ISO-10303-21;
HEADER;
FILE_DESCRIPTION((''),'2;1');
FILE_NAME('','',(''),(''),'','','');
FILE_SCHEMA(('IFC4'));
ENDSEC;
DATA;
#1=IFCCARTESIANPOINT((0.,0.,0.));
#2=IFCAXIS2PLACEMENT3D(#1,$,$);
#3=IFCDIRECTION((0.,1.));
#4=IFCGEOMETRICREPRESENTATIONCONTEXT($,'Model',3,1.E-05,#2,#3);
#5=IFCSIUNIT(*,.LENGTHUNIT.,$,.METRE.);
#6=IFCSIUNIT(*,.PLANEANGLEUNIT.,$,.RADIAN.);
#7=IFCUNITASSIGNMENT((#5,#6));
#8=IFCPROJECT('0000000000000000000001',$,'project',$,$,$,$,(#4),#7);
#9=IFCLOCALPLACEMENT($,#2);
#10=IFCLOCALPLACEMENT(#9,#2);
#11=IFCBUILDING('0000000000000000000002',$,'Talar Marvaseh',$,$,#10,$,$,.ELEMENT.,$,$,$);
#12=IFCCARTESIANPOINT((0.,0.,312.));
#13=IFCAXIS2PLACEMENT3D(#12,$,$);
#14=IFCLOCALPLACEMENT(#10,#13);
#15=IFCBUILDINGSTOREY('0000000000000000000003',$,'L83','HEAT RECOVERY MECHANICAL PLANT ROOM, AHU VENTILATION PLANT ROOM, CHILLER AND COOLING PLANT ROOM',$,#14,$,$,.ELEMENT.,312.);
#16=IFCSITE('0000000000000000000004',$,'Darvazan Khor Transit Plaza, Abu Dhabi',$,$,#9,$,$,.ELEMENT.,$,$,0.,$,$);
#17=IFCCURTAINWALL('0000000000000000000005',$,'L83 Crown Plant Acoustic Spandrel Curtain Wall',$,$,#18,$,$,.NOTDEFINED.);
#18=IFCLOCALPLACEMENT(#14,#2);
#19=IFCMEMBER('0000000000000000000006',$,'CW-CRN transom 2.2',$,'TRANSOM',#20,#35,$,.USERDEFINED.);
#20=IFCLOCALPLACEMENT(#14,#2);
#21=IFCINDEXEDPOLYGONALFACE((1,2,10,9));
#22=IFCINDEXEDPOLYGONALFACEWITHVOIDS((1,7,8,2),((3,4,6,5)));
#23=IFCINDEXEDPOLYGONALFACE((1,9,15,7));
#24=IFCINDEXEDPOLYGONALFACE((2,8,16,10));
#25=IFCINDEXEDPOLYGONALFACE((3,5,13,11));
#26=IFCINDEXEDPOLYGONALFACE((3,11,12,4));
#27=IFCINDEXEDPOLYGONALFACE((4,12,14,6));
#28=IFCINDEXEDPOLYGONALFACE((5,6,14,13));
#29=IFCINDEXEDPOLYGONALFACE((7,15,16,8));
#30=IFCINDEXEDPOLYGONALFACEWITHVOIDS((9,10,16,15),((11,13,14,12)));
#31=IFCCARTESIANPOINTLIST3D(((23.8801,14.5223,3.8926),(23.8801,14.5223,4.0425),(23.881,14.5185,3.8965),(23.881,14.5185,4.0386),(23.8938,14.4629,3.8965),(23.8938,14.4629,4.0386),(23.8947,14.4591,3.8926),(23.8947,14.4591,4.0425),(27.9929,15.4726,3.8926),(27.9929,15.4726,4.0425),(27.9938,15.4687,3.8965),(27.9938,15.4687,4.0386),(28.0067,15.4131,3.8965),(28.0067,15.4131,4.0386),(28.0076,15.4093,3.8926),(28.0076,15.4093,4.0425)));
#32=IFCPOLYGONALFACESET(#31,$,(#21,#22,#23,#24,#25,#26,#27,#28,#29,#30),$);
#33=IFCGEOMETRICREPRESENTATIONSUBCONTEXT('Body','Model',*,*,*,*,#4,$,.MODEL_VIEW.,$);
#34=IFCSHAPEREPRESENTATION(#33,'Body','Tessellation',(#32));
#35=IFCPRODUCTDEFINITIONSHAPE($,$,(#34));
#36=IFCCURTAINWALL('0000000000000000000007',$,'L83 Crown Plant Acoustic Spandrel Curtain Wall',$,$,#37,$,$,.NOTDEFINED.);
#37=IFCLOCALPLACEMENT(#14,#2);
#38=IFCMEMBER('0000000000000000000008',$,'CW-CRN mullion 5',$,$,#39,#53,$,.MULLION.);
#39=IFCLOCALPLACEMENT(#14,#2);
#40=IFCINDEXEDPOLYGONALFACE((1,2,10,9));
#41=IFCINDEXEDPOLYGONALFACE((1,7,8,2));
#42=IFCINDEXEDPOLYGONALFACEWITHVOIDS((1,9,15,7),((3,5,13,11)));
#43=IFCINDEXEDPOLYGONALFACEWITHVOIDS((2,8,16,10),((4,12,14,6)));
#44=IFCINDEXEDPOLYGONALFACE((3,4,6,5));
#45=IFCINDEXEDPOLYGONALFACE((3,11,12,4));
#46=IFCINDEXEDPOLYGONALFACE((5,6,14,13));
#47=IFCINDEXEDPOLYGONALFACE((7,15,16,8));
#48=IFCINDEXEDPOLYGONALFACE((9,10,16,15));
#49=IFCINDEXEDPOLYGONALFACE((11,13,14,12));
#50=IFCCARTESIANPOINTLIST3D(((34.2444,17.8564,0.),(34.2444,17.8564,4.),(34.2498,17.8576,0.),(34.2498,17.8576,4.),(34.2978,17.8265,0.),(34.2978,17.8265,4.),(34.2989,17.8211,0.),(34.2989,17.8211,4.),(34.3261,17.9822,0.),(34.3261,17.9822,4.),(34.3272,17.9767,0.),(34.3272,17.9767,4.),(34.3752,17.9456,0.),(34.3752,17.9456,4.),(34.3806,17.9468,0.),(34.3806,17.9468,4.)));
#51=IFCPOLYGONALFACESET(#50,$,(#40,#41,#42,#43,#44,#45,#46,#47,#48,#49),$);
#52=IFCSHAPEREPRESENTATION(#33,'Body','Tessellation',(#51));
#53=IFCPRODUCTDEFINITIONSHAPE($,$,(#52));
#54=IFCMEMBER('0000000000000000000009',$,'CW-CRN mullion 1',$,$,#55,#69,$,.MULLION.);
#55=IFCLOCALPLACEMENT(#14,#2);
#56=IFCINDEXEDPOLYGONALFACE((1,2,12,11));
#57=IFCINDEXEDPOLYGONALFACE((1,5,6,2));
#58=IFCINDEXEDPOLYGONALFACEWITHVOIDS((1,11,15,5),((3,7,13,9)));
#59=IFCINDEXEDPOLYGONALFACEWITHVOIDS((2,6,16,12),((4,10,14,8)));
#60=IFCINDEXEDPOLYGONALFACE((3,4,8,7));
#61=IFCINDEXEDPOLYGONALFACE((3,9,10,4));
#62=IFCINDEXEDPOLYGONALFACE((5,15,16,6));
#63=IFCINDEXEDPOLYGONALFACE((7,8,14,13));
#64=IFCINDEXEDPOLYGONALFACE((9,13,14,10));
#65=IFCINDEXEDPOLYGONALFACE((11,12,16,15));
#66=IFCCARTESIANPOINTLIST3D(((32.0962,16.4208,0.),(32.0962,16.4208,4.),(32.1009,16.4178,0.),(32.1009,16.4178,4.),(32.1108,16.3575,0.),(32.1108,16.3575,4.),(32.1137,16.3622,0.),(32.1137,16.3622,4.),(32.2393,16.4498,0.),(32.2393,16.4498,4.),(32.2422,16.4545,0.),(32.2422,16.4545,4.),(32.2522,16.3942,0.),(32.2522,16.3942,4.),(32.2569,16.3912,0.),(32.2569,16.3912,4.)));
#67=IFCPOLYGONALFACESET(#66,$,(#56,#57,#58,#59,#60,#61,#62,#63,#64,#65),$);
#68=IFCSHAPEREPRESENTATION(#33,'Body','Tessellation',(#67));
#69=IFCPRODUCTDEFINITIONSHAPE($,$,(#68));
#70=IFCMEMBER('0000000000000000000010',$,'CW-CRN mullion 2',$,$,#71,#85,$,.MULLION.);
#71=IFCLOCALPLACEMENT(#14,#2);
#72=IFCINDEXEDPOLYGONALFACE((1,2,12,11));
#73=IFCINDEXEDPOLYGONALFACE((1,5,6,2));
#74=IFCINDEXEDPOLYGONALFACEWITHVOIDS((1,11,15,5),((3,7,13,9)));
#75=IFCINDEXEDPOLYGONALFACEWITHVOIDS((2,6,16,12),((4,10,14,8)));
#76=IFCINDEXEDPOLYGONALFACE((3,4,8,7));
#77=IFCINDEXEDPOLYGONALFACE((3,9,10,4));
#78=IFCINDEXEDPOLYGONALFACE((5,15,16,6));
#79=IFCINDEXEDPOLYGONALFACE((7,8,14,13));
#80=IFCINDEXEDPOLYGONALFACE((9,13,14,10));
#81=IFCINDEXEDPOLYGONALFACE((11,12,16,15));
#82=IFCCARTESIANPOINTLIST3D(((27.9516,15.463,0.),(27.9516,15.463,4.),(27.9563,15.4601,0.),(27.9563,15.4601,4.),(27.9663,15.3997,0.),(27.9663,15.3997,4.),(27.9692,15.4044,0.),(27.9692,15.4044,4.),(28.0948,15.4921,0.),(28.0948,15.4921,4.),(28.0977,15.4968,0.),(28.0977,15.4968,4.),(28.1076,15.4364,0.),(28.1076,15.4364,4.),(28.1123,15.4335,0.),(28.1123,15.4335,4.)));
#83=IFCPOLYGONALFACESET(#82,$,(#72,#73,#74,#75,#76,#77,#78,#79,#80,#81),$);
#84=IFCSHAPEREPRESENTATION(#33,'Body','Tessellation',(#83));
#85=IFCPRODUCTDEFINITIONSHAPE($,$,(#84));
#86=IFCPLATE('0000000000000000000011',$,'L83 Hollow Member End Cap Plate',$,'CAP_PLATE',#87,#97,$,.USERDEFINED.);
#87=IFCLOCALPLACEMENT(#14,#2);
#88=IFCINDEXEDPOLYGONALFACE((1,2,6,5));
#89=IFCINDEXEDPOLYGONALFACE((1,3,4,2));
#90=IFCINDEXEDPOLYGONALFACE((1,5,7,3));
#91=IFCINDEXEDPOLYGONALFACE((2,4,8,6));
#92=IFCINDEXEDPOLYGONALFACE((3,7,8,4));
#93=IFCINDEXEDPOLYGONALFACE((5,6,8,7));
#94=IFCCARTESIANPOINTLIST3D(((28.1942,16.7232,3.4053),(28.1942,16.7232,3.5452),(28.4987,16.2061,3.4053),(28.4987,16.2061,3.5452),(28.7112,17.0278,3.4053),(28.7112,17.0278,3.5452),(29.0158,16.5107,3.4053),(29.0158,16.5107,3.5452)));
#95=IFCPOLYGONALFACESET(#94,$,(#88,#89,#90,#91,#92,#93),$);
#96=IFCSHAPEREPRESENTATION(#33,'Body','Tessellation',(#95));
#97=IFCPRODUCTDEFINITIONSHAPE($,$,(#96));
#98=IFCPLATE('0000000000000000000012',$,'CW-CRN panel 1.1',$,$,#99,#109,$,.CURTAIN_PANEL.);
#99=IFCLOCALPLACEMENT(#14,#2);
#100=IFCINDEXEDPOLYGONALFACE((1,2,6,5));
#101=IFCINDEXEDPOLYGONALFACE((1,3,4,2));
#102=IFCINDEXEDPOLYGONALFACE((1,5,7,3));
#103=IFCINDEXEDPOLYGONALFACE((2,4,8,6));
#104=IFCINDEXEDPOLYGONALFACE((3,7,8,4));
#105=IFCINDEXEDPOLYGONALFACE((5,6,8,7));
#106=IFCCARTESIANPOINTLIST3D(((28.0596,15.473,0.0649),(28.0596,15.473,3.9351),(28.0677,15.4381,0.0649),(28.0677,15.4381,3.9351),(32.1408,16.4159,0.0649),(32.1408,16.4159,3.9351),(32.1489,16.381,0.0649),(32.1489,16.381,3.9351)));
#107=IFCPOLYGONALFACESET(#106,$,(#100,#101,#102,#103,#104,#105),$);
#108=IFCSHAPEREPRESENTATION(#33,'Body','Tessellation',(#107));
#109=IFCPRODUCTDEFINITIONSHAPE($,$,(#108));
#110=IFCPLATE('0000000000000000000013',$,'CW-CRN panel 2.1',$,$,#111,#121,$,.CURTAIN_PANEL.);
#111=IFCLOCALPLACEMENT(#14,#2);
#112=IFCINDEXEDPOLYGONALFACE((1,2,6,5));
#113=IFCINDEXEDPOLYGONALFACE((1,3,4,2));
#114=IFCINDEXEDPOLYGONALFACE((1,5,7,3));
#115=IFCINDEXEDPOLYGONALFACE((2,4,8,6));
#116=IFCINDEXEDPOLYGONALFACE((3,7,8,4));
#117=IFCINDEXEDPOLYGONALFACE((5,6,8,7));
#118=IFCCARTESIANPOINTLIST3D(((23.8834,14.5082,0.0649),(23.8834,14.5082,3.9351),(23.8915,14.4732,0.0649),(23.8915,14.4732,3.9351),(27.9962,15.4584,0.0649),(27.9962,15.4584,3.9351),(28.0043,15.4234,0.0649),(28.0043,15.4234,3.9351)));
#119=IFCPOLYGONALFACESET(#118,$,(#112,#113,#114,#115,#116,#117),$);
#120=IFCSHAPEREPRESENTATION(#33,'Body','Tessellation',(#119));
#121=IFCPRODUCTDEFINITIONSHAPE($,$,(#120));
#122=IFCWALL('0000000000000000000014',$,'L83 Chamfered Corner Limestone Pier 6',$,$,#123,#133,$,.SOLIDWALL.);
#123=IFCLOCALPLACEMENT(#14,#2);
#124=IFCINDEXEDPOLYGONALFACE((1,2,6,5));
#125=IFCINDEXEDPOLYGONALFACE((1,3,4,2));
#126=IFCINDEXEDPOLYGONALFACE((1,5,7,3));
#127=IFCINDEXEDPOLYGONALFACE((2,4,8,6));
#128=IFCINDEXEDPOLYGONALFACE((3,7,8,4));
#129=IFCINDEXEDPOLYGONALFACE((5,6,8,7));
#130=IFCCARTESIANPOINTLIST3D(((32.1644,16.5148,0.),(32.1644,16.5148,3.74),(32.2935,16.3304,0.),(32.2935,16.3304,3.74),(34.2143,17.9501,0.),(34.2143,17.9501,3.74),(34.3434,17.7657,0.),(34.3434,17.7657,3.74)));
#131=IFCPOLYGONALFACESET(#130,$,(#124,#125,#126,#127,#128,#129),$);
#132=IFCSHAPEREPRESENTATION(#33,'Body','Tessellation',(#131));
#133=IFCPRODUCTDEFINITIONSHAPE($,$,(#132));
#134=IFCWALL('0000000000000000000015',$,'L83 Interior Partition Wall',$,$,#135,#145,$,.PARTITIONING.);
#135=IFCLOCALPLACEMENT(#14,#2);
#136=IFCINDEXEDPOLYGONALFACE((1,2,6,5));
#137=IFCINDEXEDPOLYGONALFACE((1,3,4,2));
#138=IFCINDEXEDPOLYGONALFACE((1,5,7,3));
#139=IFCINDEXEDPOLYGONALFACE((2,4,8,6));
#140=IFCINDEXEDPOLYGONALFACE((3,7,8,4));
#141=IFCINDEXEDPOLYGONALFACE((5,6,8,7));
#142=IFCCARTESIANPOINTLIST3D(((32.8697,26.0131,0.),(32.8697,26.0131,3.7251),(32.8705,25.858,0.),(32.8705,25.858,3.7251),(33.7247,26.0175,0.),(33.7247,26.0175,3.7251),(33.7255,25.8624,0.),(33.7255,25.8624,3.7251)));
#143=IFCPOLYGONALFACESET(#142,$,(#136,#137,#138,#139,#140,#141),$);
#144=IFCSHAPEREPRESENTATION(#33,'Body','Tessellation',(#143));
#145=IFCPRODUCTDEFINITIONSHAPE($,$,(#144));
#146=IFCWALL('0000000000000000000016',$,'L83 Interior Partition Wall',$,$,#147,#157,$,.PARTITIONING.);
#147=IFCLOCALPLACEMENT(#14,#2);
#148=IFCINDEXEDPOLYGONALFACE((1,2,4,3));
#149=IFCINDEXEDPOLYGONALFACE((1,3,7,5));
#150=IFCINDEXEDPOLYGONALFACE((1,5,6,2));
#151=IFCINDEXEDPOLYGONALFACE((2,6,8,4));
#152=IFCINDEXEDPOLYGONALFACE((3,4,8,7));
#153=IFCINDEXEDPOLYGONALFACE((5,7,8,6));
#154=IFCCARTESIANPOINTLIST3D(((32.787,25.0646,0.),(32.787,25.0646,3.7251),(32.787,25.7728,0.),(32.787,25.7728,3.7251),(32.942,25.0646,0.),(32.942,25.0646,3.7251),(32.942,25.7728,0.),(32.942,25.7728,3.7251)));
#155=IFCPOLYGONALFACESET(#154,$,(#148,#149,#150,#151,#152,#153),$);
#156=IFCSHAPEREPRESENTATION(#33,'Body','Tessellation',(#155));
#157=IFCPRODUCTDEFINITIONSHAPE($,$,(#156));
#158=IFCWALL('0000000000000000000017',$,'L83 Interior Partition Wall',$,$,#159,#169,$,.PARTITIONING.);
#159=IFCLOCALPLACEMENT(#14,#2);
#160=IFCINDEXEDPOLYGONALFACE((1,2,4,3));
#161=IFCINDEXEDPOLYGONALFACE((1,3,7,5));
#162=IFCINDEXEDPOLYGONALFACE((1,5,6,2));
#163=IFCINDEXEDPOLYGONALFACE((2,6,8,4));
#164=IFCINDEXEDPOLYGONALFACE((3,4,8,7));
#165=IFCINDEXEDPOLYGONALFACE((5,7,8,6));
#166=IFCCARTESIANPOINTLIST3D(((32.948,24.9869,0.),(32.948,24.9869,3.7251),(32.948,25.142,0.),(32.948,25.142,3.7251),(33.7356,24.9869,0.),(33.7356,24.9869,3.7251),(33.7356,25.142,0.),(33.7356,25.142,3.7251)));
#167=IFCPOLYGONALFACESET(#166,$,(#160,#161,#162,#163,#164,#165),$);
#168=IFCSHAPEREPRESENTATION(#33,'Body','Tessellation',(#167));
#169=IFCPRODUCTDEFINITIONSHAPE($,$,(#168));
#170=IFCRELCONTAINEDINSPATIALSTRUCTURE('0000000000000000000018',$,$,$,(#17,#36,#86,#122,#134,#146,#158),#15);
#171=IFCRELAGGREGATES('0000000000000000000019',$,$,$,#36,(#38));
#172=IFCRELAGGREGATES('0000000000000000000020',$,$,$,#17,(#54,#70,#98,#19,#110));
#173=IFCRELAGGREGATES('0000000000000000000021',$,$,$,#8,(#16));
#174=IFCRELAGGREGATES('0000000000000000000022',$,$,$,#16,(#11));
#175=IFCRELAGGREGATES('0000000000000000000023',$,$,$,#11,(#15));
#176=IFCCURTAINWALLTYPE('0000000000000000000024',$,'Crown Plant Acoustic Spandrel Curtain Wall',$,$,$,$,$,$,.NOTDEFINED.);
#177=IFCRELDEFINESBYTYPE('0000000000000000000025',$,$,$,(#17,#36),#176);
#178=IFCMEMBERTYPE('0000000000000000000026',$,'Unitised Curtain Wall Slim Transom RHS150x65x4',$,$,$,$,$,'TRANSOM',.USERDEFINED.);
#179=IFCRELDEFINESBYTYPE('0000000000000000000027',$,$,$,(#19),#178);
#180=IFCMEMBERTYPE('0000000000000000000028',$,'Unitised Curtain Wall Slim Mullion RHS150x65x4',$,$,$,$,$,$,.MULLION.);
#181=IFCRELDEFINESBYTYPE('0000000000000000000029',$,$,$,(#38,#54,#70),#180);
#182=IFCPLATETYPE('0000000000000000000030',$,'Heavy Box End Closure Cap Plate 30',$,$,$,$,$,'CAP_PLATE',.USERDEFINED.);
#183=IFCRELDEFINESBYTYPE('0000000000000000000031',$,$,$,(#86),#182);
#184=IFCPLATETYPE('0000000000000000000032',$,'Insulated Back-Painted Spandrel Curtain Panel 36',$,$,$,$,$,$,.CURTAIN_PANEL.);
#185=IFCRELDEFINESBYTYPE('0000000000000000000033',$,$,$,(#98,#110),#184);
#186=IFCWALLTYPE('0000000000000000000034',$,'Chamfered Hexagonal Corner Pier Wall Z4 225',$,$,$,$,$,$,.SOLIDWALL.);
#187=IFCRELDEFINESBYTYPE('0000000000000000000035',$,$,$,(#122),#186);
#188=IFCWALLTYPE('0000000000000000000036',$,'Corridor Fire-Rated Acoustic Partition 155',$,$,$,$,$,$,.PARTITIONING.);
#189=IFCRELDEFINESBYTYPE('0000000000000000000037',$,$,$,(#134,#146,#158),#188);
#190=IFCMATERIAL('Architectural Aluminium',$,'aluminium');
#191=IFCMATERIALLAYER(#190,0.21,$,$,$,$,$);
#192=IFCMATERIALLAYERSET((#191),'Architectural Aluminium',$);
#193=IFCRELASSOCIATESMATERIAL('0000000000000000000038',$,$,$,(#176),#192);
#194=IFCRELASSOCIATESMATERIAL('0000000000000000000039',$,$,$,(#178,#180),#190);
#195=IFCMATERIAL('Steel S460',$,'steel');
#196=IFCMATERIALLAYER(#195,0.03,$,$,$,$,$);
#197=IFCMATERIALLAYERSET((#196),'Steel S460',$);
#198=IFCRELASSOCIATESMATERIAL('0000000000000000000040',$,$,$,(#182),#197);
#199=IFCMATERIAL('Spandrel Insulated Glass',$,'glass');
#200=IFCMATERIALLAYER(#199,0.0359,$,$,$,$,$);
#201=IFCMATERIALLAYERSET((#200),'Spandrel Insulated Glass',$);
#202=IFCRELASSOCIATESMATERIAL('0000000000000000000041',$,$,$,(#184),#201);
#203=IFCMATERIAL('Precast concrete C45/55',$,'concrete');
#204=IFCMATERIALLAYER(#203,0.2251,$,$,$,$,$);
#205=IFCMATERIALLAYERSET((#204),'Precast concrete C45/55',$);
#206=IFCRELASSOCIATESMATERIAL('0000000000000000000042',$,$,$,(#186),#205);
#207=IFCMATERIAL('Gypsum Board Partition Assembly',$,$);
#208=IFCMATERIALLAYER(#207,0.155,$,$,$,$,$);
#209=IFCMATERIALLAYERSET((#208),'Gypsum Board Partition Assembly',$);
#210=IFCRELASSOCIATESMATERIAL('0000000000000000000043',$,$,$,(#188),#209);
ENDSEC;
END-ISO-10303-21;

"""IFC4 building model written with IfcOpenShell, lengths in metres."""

from ifc_helpers import new_model, si_unit, direction, frame, frame_2d, origin, origin_2d, place, context, subcontext, project, spatial, rectangle, hollow_rectangle, extrude, source, transform, mapped, material, layer, layer_set, material_profile, profile_set, type_object, type_shapes, element, aggregate, save


model = new_model("IFC4")

# Units and contexts
model_context = context("Model", 3, precision=1e-05, world=origin(), true_north=direction((0.0, 1.0)))
body_context = subcontext(model_context, "Body", "Model", "MODEL_VIEW")
ifc_project = project(units=[si_unit("LENGTHUNIT", "METRE"), si_unit("PLANEANGLEUNIT", "RADIAN")], contexts=[model_context])

# Site, building, storey
site_placement = place(None, origin())
site = spatial("IfcSite", under=ifc_project, at=site_placement, Name="Darvazan Khor Transit Plaza, Abu Dhabi", CompositionType="ELEMENT", RefElevation=0.0)
building_placement = place(site_placement, origin())
building = spatial("IfcBuilding", under=site, at=building_placement, Name="Talar Marvaseh", CompositionType="ELEMENT")
storey_placement = place(building_placement, frame((0.0, 0.0, 312.0)))
storey = spatial("IfcBuildingStorey", under=building, at=storey_placement, Name="L83", Description="HEAT RECOVERY MECHANICAL PLANT ROOM, AHU VENTILATION PLANT ROOM, CHILLER AND COOLING PLANT ROOM", CompositionType="ELEMENT", Elevation=312.0)

# Shared definitions
ifc_material_1 = material(Name="Steel S460", Category="steel")

# Curtain wall, member
ifc_material_2 = material(Name="Architectural Aluminium", Category="aluminium")
ifc_layer_1 = layer(ifc_material_2, 0.21)
ifc_layer_set_1 = layer_set([ifc_layer_1], Name="Architectural Aluminium")
curtain_wall_type = type_object("IfcCurtainWallType", Name="Crown Plant Acoustic Spandrel Curtain Wall", PredefinedType="NOTDEFINED", material=ifc_layer_set_1)
curtain_wall_1_placement = place(storey_placement, origin())
curtain_wall_1 = element("IfcCurtainWall", 1, at=curtain_wall_1_placement, inside=storey, type_object=curtain_wall_type, Name="L83 Crown Plant Acoustic Spandrel Curtain Wall", PredefinedType="NOTDEFINED")
ifc_material_profile_1 = material_profile(ifc_material_2, hollow_rectangle(XDim=0.0649, YDim=0.1499, WallThickness=0.0039, at=origin_2d()), Name="RHS150x65x4")
ifc_profile_set_1 = profile_set([ifc_material_profile_1], Name="Architectural Aluminium")
member_type_1 = type_object("IfcMemberType", Name="Unitised Curtain Wall Slim Transom RHS150x65x4", ElementType="TRANSOM", PredefinedType="USERDEFINED", material=ifc_profile_set_1)
shared_shape_1 = source(origin(), body_context, "Body", "SweptSolid", [
    extrude(hollow_rectangle(XDim=0.0649, YDim=0.1499, WallThickness=0.0039, at=origin_2d()), origin(), (0.0, 0.0, 1.0), 4.2212),
])
member_1_placement = place(storey_placement, frame((28.0002, 15.4409, 3.9675), z_axis=(-0.974335, -0.225104, 0.0), x_axis=(0.225104, -0.974335, 0.0)))
member_1 = element("IfcMember", 2, at=member_1_placement, type_object=member_type_1, Name="CW-CRN transom 2.2", ObjectType="TRANSOM", PredefinedType="USERDEFINED", context=body_context, shape_type="MappedRepresentation", body=[
    mapped(shared_shape_1, transform((0.0, 0.0, 0.0), x_axis=(1.0, 0.0, 0.0), y_axis=(0.0, 1.0, 0.0), z_axis=(0.0, 0.0, 1.0), scale=1.0)),
])

# Curtain wall, member
curtain_wall_2_placement = place(storey_placement, origin())
curtain_wall_2 = element("IfcCurtainWall", 3, at=curtain_wall_2_placement, inside=storey, type_object=curtain_wall_type, Name="L83 Crown Plant Acoustic Spandrel Curtain Wall", PredefinedType="NOTDEFINED")
ifc_material_profile_2 = material_profile(ifc_material_2, hollow_rectangle(XDim=0.0649, YDim=0.1499, WallThickness=0.0039, at=origin_2d()), Name="RHS150x65x4")
ifc_profile_set_2 = profile_set([ifc_material_profile_2], Name="Architectural Aluminium")
member_type_2 = type_object("IfcMemberType", Name="Unitised Curtain Wall Slim Mullion RHS150x65x4", PredefinedType="MULLION", material=ifc_profile_set_2)
shared_shape_2 = source(origin(), body_context, "Body", "SweptSolid", [
    extrude(hollow_rectangle(XDim=0.0649, YDim=0.1499, WallThickness=0.0039, at=origin_2d()), origin(), (0.0, 0.0, 1.0), 4.0),
])
type_shapes(member_type_2, [shared_shape_2])
member_2_placement = place(storey_placement, frame((34.3125, 17.9016, 0.0), z_axis=(0.0, 0.0, 1.0), x_axis=(0.838586, -0.544769, 0.0)))
member_2 = element("IfcMember", 4, at=member_2_placement, type_object=member_type_2, Name="CW-CRN mullion 5", PredefinedType="MULLION", context=body_context, shape_type="MappedRepresentation", body=[
    mapped(shared_shape_2, transform((0.0, 0.0, 0.0), x_axis=(1.0, 0.0, 0.0), y_axis=(0.0, 1.0, 0.0), z_axis=(0.0, 0.0, 1.0), scale=1.0)),
])
aggregate(curtain_wall_2, [member_2])

# Members
member_3_placement = place(storey_placement, frame((32.1765, 16.406, 0.0), z_axis=(0.0, 0.0, 1.0), x_axis=(0.225103, -0.974335, 0.0)))
member_3 = element("IfcMember", 5, at=member_3_placement, type_object=member_type_2, Name="CW-CRN mullion 1", PredefinedType="MULLION", context=body_context, shape_type="MappedRepresentation", body=[
    mapped(shared_shape_2, transform((0.0, 0.0, 0.0), x_axis=(1.0, 0.0, 0.0), y_axis=(0.0, 1.0, 0.0), z_axis=(0.0, 0.0, 1.0), scale=1.0)),
])
member_4_placement = place(storey_placement, frame((28.032, 15.4482, 0.0), z_axis=(0.0, 0.0, 1.0), x_axis=(0.225103, -0.974335, 0.0)))
member_4 = element("IfcMember", 6, at=member_4_placement, type_object=member_type_2, Name="CW-CRN mullion 2", PredefinedType="MULLION", context=body_context, shape_type="MappedRepresentation", body=[
    mapped(shared_shape_2, transform((0.0, 0.0, 0.0), x_axis=(1.0, 0.0, 0.0), y_axis=(0.0, 1.0, 0.0), z_axis=(0.0, 0.0, 1.0), scale=1.0)),
])

# Plates
ifc_layer_2 = layer(ifc_material_1, 0.03)
ifc_layer_set_2 = layer_set([ifc_layer_2], Name="Steel S460")
plate_type_1 = type_object("IfcPlateType", Name="Heavy Box End Closure Cap Plate 30", ElementType="CAP_PLATE", PredefinedType="USERDEFINED", material=ifc_layer_set_2)
shared_shape_3 = source(origin(), body_context, "Body", "SweptSolid", [
    extrude(rectangle(XDim=0.6001, YDim=0.6001, at=origin_2d()), origin(), (0.0, 0.0, 1.0), 0.1399),
])
type_shapes(plate_type_1, [shared_shape_3])
plate_1_placement = place(storey_placement, frame((28.605, 16.6169, 3.4053), z_axis=(0.0, 0.0, 1.0), x_axis=(-0.861629, -0.507538, 0.0)))
element("IfcPlate", 7, at=plate_1_placement, inside=storey, type_object=plate_type_1, Name="L83 Hollow Member End Cap Plate", ObjectType="CAP_PLATE", PredefinedType="USERDEFINED", context=body_context, shape_type="MappedRepresentation", body=[
    mapped(shared_shape_3, transform((0.0, 0.0, 0.0), x_axis=(1.0, 0.0, 0.0), y_axis=(0.0, 1.0, 0.0), z_axis=(0.0, 0.0, 1.0), scale=1.0)),
])
ifc_material_3 = material(Name="Spandrel Insulated Glass", Category="glass")
ifc_layer_3 = layer(ifc_material_3, 0.0359)
ifc_layer_set_3 = layer_set([ifc_layer_3], Name="Spandrel Insulated Glass")
plate_type_2 = type_object("IfcPlateType", Name="Insulated Back-Painted Spandrel Curtain Panel 36", PredefinedType="CURTAIN_PANEL", material=ifc_layer_set_3)
shared_shape_4 = source(origin(), body_context, "Body", "SweptSolid", [
    extrude(rectangle(XDim=4.1887, YDim=0.0359, at=origin_2d()), origin(), (0.0, 0.0, 1.0), 3.8701),
])
plate_2_placement = place(storey_placement, frame((30.1042, 15.927, 0.0649), z_axis=(0.0, 0.0, 1.0), x_axis=(-0.974335, -0.225103, 0.0)))
plate_2 = element("IfcPlate", 8, at=plate_2_placement, type_object=plate_type_2, Name="CW-CRN panel 1.1", PredefinedType="CURTAIN_PANEL", context=body_context, shape_type="MappedRepresentation", body=[
    mapped(shared_shape_4, transform((0.0, 0.0, 0.0), x_axis=(1.0, 0.0, 0.0), y_axis=(0.0, 1.0, 0.0), z_axis=(0.0, 0.0, 1.0), scale=1.0)),
])
shared_shape_5 = source(origin(), body_context, "Body", "SweptSolid", [
    extrude(rectangle(XDim=4.2212, YDim=0.0359, at=origin_2d()), origin(), (0.0, 0.0, 1.0), 3.8701),
])
type_shapes(plate_type_2, [shared_shape_4, shared_shape_5])
plate_3_placement = place(storey_placement, frame((25.9438, 14.9658, 0.0649), z_axis=(0.0, 0.0, 1.0), x_axis=(-0.974335, -0.225103, 0.0)))
plate_3 = element("IfcPlate", 9, at=plate_3_placement, type_object=plate_type_2, Name="CW-CRN panel 2.1", PredefinedType="CURTAIN_PANEL", context=body_context, shape_type="MappedRepresentation", body=[
    mapped(shared_shape_5, transform((0.0, 0.0, 0.0), x_axis=(1.0, 0.0, 0.0), y_axis=(0.0, 1.0, 0.0), z_axis=(0.0, 0.0, 1.0), scale=1.0)),
])
aggregate(curtain_wall_1, [member_3, member_4, plate_2, member_1, plate_3])

# Walls
ifc_material_4 = material(Name="Precast concrete C45/55", Category="concrete")
ifc_layer_4 = layer(ifc_material_4, 0.2251)
ifc_layer_set_4 = layer_set([ifc_layer_4], Name="Precast concrete C45/55")
wall_type_1 = type_object("IfcWallType", Name="Chamfered Hexagonal Corner Pier Wall Z4 225", PredefinedType="SOLIDWALL", material=ifc_layer_set_4)
wall_1_placement = place(storey_placement, frame((34.2788, 17.8579, 0.0), z_axis=(0.0, 0.0, 1.0), x_axis=(-0.819149, -0.57358, 0.0)))
element("IfcWall", 10, at=wall_1_placement, inside=storey, type_object=wall_type_1, Name="L83 Chamfered Corner Limestone Pier 6", PredefinedType="SOLIDWALL", context=body_context, shape_type="SweptSolid", body=[
    extrude(rectangle(XDim=2.5024, YDim=0.2251, at=frame_2d((1.2512, 0.0))), origin(), (0.0, 0.0, 1.0), 3.74),
])
ifc_material_5 = material(Name="Gypsum Board Partition Assembly")
ifc_layer_5 = layer(ifc_material_5, 0.155)
ifc_layer_set_5 = layer_set([ifc_layer_5], Name="Gypsum Board Partition Assembly")
wall_type_2 = type_object("IfcWallType", Name="Corridor Fire-Rated Acoustic Partition 155", PredefinedType="PARTITIONING", material=ifc_layer_set_5)
wall_2_placement = place(storey_placement, frame((33.7251, 25.9399, 0.0), z_axis=(0.0, 0.0, 1.0), x_axis=(-0.999987, -0.00514, 0.0)))
element("IfcWall", 11, at=wall_2_placement, inside=storey, type_object=wall_type_2, Name="L83 Interior Partition Wall", PredefinedType="PARTITIONING", context=body_context, shape_type="SweptSolid", body=[
    extrude(rectangle(XDim=0.855, YDim=0.155, at=frame_2d((0.4275, 0.0))), origin(), (0.0, 0.0, 1.0), 3.7251),
])
wall_3_placement = place(storey_placement, frame((32.8645, 25.7727, 0.0), z_axis=(0.0, 0.0, 1.0), x_axis=(0.0, -1.0, 0.0)))
element("IfcWall", 12, at=wall_3_placement, inside=storey, type_object=wall_type_2, Name="L83 Interior Partition Wall", PredefinedType="PARTITIONING", context=body_context, shape_type="SweptSolid", body=[
    extrude(rectangle(XDim=0.7083, YDim=0.155, at=frame_2d((0.354, 0.0))), origin(), (0.0, 0.0, 1.0), 3.7251),
])
wall_4_placement = place(storey_placement, frame((32.948, 25.0645, 0.0), z_axis=(0.0, 0.0, 1.0), x_axis=(1.0, 0.0, 0.0)))
element("IfcWall", 13, at=wall_4_placement, inside=storey, type_object=wall_type_2, Name="L83 Interior Partition Wall", PredefinedType="PARTITIONING", context=body_context, shape_type="SweptSolid", body=[
    extrude(rectangle(XDim=0.7876, YDim=0.155, at=frame_2d((0.3938, 0.0))), origin(), (0.0, 0.0, 1.0), 3.7251),
])

save(model, "model.ifc")
